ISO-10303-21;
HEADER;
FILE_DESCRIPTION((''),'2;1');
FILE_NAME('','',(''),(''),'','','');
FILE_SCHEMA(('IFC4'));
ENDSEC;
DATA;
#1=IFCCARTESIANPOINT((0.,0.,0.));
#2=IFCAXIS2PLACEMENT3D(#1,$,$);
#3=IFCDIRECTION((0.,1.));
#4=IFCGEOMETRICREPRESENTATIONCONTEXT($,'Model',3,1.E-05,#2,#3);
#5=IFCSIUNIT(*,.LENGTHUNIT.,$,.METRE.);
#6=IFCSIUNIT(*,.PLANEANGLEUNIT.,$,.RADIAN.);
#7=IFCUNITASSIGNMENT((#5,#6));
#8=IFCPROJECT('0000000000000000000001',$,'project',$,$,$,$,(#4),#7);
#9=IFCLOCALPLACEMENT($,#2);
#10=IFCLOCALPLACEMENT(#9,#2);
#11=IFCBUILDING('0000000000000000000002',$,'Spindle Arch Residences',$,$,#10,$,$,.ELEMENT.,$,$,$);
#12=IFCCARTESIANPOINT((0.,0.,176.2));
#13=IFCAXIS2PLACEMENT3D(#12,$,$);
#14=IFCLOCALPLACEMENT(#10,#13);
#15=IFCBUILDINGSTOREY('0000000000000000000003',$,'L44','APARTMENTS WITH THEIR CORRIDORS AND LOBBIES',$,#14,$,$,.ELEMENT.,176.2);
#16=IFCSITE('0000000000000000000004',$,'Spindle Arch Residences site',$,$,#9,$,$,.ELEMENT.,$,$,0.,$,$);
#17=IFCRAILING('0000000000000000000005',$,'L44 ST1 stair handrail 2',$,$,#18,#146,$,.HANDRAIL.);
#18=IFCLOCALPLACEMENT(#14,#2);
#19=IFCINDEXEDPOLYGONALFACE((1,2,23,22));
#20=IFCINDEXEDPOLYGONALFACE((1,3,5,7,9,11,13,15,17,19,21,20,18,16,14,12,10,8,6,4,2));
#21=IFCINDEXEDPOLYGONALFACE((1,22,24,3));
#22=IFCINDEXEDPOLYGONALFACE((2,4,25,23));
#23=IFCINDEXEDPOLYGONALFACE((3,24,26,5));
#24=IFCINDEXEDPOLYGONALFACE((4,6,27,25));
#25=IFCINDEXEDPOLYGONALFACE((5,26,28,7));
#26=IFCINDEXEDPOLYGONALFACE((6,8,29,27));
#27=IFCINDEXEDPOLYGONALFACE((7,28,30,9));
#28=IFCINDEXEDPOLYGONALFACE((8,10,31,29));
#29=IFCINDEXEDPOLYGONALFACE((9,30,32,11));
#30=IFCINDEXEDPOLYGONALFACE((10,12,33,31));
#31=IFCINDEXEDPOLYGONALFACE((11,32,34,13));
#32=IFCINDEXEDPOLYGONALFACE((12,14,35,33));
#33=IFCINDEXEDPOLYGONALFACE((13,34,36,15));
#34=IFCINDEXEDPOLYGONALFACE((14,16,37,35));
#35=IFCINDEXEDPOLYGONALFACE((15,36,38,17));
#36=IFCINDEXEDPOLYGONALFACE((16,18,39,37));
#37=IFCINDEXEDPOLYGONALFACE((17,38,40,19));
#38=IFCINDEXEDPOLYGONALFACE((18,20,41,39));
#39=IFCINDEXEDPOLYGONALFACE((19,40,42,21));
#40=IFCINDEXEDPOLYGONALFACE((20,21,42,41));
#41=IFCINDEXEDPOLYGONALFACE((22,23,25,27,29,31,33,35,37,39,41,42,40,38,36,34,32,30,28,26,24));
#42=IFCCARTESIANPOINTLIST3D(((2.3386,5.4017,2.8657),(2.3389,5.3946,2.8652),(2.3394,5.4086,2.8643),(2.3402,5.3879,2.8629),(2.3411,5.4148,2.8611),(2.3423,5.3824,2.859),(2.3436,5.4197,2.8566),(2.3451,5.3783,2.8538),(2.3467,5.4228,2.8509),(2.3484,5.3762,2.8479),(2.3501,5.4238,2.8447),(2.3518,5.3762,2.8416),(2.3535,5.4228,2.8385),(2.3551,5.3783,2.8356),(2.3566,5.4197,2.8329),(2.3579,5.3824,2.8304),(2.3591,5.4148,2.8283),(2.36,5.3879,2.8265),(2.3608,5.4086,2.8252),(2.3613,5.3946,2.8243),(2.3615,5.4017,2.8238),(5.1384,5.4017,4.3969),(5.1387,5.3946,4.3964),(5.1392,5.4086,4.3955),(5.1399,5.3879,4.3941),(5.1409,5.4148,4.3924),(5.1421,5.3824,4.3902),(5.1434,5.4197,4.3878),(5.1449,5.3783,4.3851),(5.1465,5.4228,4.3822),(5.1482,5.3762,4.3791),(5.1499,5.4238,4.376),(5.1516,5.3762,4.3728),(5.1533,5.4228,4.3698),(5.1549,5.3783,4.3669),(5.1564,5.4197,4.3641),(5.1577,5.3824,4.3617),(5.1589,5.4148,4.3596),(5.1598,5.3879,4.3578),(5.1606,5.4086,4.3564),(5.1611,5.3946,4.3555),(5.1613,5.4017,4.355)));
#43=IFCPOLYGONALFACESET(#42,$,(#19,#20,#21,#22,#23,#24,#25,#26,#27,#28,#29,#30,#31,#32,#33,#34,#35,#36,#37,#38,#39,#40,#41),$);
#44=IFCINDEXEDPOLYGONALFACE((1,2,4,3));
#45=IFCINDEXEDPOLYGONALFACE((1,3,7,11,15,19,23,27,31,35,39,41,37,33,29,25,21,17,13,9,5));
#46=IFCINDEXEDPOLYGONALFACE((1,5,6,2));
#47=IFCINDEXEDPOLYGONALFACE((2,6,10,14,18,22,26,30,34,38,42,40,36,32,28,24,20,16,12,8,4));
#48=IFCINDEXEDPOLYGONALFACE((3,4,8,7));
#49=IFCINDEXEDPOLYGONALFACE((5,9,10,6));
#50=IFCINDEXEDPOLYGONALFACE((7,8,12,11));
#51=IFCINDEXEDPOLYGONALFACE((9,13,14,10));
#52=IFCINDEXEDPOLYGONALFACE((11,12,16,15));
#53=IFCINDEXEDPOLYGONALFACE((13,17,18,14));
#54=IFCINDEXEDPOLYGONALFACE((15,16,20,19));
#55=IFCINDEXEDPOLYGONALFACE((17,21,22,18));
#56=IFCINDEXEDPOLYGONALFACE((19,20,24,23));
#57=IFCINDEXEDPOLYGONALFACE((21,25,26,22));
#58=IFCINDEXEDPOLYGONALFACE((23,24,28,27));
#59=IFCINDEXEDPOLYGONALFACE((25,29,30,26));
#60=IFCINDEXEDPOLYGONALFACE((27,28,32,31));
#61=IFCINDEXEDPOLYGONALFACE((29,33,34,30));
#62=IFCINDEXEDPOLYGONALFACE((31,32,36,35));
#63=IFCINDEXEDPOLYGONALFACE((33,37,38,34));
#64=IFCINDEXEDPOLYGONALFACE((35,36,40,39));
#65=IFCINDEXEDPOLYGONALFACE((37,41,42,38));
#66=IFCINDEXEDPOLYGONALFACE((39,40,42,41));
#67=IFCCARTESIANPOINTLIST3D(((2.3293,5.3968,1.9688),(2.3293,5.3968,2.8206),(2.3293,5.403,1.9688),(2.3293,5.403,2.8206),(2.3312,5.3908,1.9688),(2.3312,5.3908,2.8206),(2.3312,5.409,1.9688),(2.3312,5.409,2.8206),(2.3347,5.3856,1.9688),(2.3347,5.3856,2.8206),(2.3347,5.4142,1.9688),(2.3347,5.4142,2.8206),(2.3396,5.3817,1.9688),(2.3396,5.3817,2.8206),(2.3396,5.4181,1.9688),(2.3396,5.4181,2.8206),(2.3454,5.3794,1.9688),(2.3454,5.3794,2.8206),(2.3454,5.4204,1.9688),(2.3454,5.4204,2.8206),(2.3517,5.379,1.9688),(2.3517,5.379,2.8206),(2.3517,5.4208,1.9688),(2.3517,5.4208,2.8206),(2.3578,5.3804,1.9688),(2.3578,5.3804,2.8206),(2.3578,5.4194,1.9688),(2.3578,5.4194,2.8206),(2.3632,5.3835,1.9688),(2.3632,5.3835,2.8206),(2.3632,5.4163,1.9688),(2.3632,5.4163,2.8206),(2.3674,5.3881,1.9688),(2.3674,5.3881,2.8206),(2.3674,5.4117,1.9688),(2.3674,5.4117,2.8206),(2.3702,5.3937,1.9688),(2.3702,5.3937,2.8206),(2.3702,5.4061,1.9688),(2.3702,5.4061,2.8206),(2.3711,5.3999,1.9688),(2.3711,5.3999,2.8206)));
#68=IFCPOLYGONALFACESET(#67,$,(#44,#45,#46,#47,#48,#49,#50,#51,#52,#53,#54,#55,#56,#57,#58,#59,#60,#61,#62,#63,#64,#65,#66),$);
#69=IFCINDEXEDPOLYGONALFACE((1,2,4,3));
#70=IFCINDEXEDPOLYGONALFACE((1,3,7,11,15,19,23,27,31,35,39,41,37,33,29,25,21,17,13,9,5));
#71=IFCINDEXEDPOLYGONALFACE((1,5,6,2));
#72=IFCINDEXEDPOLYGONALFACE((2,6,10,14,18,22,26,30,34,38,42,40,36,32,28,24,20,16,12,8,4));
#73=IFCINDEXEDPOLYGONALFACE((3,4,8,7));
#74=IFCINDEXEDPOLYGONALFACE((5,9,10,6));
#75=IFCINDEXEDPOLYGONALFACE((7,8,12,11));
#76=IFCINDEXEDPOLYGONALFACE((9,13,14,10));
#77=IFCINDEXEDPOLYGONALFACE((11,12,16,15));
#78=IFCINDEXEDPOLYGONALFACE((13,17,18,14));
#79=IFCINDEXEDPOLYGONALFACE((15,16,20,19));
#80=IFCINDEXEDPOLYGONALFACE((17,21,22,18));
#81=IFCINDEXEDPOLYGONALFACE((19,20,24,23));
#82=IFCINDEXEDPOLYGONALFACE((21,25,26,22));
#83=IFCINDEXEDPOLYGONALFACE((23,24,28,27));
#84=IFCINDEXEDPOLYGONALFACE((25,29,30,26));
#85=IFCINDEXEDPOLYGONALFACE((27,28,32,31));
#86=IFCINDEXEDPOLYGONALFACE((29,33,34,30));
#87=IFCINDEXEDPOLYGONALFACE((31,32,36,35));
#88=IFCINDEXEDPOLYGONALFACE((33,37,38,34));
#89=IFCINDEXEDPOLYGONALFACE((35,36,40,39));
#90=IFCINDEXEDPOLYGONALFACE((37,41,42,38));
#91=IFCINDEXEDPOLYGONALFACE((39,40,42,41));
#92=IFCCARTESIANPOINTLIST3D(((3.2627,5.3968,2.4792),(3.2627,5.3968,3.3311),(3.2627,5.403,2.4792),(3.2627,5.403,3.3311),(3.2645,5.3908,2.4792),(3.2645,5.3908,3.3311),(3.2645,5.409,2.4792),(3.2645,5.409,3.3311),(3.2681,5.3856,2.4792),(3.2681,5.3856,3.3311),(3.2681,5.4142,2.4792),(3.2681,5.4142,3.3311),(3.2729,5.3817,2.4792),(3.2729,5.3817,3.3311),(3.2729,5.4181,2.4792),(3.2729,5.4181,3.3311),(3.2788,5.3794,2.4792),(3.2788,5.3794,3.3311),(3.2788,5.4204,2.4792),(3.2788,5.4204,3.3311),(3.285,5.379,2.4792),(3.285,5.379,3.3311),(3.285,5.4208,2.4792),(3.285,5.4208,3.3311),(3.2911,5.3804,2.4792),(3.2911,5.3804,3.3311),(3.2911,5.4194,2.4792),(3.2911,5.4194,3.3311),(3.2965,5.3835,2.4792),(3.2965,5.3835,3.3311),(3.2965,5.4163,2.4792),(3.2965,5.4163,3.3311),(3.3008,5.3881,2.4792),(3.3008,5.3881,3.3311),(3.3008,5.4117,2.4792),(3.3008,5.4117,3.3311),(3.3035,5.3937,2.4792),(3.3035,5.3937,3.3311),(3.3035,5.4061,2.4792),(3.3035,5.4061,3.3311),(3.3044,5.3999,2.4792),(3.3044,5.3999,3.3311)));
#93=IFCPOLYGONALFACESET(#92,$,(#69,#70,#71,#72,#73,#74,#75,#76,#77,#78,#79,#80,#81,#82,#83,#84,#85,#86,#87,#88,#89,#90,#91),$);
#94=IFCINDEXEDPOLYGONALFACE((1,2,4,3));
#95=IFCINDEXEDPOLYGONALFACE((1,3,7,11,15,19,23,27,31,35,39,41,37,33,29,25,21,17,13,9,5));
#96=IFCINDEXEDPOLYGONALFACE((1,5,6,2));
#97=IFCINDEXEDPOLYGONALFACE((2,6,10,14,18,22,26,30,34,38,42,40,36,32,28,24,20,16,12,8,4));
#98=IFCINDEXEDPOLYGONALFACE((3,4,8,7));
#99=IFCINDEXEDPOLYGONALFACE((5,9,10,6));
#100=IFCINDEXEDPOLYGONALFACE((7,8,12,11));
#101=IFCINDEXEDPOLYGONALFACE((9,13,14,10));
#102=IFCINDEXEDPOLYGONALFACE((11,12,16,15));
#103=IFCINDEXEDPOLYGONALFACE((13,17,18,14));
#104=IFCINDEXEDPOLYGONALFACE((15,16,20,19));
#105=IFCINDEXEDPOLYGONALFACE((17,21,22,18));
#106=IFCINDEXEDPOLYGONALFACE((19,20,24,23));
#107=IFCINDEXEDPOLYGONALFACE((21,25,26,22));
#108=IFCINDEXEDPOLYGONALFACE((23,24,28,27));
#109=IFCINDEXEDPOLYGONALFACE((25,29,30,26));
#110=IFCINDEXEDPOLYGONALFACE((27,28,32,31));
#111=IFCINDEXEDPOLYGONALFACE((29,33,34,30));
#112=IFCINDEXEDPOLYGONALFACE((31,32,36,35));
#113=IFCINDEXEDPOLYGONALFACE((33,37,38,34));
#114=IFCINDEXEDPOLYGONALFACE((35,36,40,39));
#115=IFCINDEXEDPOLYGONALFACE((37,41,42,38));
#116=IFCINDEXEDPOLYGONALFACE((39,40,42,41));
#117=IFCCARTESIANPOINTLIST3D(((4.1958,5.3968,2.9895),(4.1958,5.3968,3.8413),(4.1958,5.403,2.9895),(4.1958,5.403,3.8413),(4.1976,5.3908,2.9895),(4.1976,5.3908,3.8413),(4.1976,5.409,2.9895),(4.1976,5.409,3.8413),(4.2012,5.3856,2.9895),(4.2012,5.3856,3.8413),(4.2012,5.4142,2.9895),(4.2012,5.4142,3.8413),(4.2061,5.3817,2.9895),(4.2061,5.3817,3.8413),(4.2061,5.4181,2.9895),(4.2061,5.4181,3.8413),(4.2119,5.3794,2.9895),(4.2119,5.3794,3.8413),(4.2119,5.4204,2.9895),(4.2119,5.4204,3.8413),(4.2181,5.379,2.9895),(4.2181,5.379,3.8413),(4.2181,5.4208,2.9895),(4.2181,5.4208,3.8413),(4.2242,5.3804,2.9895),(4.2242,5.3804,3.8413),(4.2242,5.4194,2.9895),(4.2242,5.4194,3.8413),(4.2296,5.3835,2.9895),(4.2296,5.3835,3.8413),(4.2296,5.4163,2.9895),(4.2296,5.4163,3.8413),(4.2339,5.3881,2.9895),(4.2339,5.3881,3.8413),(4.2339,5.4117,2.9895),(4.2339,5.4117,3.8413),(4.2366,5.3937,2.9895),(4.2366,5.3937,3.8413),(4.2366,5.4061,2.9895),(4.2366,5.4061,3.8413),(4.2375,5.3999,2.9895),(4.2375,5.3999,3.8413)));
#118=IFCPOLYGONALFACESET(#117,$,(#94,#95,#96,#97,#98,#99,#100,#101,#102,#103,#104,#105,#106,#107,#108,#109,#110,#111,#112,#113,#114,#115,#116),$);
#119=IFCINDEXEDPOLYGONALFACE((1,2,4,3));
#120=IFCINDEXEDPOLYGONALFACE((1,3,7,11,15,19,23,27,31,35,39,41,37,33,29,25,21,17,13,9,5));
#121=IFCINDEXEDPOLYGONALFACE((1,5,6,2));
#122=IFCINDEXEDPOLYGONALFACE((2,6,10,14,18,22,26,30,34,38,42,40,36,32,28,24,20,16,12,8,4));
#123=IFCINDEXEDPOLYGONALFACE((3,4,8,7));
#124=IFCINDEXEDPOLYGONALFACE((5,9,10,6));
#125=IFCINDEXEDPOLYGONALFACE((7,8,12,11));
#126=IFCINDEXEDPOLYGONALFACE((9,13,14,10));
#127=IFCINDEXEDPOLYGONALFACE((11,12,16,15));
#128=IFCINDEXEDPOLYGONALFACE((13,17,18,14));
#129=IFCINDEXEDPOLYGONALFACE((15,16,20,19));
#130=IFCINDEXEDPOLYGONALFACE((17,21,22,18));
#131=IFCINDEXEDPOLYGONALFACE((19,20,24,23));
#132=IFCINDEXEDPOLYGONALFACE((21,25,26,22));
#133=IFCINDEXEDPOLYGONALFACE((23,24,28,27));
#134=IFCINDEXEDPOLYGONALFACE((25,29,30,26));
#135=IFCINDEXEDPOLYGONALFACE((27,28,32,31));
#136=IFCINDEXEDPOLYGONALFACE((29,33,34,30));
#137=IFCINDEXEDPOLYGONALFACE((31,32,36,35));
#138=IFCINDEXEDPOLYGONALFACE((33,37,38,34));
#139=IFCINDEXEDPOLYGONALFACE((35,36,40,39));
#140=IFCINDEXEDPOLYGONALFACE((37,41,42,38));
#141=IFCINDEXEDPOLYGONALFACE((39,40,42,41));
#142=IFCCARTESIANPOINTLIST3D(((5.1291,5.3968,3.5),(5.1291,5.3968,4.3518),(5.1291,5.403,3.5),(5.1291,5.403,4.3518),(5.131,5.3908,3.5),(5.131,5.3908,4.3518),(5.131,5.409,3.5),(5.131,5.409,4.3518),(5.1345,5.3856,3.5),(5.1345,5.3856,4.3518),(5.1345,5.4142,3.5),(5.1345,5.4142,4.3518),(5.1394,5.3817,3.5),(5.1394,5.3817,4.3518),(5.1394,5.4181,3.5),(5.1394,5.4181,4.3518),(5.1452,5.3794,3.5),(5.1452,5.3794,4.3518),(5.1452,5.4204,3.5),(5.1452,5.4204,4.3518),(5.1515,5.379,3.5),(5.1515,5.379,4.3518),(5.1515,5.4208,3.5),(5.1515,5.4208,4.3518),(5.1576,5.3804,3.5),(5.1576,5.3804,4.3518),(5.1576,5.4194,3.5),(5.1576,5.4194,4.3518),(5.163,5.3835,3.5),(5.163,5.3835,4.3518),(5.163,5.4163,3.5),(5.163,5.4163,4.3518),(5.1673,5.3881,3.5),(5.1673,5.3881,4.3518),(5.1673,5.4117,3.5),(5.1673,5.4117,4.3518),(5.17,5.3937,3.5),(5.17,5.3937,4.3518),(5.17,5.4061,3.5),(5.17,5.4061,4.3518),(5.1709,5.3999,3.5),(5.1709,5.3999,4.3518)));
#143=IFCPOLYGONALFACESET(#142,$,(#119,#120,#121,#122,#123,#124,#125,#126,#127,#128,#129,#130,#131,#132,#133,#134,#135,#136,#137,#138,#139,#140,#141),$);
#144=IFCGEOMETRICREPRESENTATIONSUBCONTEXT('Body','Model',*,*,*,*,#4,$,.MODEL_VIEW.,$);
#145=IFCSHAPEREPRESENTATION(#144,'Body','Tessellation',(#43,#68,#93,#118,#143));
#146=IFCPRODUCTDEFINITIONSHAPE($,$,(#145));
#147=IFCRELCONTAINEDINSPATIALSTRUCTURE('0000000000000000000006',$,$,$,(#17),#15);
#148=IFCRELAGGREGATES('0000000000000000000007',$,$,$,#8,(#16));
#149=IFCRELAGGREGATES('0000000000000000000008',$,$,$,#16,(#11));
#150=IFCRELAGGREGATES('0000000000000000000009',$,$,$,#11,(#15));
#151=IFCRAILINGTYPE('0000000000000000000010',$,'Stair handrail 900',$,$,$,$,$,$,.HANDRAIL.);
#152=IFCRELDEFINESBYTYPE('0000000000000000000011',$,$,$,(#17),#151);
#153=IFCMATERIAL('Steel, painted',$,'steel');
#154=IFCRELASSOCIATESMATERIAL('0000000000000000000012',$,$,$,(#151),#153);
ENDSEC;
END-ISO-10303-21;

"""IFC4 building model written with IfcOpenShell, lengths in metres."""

from ifc_helpers import new_model, si_unit, direction, frame, origin, origin_2d, place, context, subcontext, project, spatial, circle, extrude, material, type_object, element, save


model = new_model("IFC4")

# Units and contexts
model_context = context("Model", 3, precision=1e-05, world=origin(), true_north=direction((0.0, 1.0)))
body_context = subcontext(model_context, "Body", "Model", "MODEL_VIEW")
ifc_project = project(units=[si_unit("LENGTHUNIT", "METRE"), si_unit("PLANEANGLEUNIT", "RADIAN")], contexts=[model_context])

# Site, building, storey
site_placement = place(None, origin())
site = spatial("IfcSite", under=ifc_project, at=site_placement, Name="Spindle Arch Residences site", CompositionType="ELEMENT", RefElevation=0.0)
building_placement = place(site_placement, origin())
building = spatial("IfcBuilding", under=site, at=building_placement, Name="Spindle Arch Residences", CompositionType="ELEMENT")
storey_placement = place(building_placement, frame((0.0, 0.0, 176.2)))
storey = spatial("IfcBuildingStorey", under=building, at=storey_placement, Name="L44", Description="APARTMENTS WITH THEIR CORRIDORS AND LOBBIES", CompositionType="ELEMENT", Elevation=176.2)

# Railing
ifc_material_1 = material(Name="Steel, painted", Category="steel")
railing_type_1 = type_object("IfcRailingType", Name="Stair handrail 900", PredefinedType="HANDRAIL", material=ifc_material_1)
railing_1_placement = place(storey_placement, frame((2.3501, 5.3999, 1.9688)))
element("IfcRailing", 1, at=railing_1_placement, inside=storey, type_object=railing_type_1, Name="L44 ST1 stair handrail 2", PredefinedType="HANDRAIL", context=body_context, shape_type="SweptSolid", body=[
    extrude(circle(Radius=0.0239, at=origin_2d()), frame((0.0, 0.0, 0.876), z_axis=(0.877357, 0.0, 0.479838), x_axis=(0.0, 1.0, 0.0)), (0.0, 0.0, 1.0), 3.1912),
    extrude(circle(Radius=0.021, at=origin_2d()), origin(), (0.0, 0.0, 1.0), 0.8518),
    extrude(circle(Radius=0.021, at=origin_2d()), frame((0.9333, 0.0, 0.5105)), (0.0, 0.0, 1.0), 0.8518),
    extrude(circle(Radius=0.021, at=origin_2d()), frame((1.8665, 0.0, 1.0208)), (0.0, 0.0, 1.0), 0.8518),
    extrude(circle(Radius=0.021, at=origin_2d()), frame((2.7998, 0.0, 1.5312)), (0.0, 0.0, 1.0), 0.8518),
])

save(model, "model.ifc")
